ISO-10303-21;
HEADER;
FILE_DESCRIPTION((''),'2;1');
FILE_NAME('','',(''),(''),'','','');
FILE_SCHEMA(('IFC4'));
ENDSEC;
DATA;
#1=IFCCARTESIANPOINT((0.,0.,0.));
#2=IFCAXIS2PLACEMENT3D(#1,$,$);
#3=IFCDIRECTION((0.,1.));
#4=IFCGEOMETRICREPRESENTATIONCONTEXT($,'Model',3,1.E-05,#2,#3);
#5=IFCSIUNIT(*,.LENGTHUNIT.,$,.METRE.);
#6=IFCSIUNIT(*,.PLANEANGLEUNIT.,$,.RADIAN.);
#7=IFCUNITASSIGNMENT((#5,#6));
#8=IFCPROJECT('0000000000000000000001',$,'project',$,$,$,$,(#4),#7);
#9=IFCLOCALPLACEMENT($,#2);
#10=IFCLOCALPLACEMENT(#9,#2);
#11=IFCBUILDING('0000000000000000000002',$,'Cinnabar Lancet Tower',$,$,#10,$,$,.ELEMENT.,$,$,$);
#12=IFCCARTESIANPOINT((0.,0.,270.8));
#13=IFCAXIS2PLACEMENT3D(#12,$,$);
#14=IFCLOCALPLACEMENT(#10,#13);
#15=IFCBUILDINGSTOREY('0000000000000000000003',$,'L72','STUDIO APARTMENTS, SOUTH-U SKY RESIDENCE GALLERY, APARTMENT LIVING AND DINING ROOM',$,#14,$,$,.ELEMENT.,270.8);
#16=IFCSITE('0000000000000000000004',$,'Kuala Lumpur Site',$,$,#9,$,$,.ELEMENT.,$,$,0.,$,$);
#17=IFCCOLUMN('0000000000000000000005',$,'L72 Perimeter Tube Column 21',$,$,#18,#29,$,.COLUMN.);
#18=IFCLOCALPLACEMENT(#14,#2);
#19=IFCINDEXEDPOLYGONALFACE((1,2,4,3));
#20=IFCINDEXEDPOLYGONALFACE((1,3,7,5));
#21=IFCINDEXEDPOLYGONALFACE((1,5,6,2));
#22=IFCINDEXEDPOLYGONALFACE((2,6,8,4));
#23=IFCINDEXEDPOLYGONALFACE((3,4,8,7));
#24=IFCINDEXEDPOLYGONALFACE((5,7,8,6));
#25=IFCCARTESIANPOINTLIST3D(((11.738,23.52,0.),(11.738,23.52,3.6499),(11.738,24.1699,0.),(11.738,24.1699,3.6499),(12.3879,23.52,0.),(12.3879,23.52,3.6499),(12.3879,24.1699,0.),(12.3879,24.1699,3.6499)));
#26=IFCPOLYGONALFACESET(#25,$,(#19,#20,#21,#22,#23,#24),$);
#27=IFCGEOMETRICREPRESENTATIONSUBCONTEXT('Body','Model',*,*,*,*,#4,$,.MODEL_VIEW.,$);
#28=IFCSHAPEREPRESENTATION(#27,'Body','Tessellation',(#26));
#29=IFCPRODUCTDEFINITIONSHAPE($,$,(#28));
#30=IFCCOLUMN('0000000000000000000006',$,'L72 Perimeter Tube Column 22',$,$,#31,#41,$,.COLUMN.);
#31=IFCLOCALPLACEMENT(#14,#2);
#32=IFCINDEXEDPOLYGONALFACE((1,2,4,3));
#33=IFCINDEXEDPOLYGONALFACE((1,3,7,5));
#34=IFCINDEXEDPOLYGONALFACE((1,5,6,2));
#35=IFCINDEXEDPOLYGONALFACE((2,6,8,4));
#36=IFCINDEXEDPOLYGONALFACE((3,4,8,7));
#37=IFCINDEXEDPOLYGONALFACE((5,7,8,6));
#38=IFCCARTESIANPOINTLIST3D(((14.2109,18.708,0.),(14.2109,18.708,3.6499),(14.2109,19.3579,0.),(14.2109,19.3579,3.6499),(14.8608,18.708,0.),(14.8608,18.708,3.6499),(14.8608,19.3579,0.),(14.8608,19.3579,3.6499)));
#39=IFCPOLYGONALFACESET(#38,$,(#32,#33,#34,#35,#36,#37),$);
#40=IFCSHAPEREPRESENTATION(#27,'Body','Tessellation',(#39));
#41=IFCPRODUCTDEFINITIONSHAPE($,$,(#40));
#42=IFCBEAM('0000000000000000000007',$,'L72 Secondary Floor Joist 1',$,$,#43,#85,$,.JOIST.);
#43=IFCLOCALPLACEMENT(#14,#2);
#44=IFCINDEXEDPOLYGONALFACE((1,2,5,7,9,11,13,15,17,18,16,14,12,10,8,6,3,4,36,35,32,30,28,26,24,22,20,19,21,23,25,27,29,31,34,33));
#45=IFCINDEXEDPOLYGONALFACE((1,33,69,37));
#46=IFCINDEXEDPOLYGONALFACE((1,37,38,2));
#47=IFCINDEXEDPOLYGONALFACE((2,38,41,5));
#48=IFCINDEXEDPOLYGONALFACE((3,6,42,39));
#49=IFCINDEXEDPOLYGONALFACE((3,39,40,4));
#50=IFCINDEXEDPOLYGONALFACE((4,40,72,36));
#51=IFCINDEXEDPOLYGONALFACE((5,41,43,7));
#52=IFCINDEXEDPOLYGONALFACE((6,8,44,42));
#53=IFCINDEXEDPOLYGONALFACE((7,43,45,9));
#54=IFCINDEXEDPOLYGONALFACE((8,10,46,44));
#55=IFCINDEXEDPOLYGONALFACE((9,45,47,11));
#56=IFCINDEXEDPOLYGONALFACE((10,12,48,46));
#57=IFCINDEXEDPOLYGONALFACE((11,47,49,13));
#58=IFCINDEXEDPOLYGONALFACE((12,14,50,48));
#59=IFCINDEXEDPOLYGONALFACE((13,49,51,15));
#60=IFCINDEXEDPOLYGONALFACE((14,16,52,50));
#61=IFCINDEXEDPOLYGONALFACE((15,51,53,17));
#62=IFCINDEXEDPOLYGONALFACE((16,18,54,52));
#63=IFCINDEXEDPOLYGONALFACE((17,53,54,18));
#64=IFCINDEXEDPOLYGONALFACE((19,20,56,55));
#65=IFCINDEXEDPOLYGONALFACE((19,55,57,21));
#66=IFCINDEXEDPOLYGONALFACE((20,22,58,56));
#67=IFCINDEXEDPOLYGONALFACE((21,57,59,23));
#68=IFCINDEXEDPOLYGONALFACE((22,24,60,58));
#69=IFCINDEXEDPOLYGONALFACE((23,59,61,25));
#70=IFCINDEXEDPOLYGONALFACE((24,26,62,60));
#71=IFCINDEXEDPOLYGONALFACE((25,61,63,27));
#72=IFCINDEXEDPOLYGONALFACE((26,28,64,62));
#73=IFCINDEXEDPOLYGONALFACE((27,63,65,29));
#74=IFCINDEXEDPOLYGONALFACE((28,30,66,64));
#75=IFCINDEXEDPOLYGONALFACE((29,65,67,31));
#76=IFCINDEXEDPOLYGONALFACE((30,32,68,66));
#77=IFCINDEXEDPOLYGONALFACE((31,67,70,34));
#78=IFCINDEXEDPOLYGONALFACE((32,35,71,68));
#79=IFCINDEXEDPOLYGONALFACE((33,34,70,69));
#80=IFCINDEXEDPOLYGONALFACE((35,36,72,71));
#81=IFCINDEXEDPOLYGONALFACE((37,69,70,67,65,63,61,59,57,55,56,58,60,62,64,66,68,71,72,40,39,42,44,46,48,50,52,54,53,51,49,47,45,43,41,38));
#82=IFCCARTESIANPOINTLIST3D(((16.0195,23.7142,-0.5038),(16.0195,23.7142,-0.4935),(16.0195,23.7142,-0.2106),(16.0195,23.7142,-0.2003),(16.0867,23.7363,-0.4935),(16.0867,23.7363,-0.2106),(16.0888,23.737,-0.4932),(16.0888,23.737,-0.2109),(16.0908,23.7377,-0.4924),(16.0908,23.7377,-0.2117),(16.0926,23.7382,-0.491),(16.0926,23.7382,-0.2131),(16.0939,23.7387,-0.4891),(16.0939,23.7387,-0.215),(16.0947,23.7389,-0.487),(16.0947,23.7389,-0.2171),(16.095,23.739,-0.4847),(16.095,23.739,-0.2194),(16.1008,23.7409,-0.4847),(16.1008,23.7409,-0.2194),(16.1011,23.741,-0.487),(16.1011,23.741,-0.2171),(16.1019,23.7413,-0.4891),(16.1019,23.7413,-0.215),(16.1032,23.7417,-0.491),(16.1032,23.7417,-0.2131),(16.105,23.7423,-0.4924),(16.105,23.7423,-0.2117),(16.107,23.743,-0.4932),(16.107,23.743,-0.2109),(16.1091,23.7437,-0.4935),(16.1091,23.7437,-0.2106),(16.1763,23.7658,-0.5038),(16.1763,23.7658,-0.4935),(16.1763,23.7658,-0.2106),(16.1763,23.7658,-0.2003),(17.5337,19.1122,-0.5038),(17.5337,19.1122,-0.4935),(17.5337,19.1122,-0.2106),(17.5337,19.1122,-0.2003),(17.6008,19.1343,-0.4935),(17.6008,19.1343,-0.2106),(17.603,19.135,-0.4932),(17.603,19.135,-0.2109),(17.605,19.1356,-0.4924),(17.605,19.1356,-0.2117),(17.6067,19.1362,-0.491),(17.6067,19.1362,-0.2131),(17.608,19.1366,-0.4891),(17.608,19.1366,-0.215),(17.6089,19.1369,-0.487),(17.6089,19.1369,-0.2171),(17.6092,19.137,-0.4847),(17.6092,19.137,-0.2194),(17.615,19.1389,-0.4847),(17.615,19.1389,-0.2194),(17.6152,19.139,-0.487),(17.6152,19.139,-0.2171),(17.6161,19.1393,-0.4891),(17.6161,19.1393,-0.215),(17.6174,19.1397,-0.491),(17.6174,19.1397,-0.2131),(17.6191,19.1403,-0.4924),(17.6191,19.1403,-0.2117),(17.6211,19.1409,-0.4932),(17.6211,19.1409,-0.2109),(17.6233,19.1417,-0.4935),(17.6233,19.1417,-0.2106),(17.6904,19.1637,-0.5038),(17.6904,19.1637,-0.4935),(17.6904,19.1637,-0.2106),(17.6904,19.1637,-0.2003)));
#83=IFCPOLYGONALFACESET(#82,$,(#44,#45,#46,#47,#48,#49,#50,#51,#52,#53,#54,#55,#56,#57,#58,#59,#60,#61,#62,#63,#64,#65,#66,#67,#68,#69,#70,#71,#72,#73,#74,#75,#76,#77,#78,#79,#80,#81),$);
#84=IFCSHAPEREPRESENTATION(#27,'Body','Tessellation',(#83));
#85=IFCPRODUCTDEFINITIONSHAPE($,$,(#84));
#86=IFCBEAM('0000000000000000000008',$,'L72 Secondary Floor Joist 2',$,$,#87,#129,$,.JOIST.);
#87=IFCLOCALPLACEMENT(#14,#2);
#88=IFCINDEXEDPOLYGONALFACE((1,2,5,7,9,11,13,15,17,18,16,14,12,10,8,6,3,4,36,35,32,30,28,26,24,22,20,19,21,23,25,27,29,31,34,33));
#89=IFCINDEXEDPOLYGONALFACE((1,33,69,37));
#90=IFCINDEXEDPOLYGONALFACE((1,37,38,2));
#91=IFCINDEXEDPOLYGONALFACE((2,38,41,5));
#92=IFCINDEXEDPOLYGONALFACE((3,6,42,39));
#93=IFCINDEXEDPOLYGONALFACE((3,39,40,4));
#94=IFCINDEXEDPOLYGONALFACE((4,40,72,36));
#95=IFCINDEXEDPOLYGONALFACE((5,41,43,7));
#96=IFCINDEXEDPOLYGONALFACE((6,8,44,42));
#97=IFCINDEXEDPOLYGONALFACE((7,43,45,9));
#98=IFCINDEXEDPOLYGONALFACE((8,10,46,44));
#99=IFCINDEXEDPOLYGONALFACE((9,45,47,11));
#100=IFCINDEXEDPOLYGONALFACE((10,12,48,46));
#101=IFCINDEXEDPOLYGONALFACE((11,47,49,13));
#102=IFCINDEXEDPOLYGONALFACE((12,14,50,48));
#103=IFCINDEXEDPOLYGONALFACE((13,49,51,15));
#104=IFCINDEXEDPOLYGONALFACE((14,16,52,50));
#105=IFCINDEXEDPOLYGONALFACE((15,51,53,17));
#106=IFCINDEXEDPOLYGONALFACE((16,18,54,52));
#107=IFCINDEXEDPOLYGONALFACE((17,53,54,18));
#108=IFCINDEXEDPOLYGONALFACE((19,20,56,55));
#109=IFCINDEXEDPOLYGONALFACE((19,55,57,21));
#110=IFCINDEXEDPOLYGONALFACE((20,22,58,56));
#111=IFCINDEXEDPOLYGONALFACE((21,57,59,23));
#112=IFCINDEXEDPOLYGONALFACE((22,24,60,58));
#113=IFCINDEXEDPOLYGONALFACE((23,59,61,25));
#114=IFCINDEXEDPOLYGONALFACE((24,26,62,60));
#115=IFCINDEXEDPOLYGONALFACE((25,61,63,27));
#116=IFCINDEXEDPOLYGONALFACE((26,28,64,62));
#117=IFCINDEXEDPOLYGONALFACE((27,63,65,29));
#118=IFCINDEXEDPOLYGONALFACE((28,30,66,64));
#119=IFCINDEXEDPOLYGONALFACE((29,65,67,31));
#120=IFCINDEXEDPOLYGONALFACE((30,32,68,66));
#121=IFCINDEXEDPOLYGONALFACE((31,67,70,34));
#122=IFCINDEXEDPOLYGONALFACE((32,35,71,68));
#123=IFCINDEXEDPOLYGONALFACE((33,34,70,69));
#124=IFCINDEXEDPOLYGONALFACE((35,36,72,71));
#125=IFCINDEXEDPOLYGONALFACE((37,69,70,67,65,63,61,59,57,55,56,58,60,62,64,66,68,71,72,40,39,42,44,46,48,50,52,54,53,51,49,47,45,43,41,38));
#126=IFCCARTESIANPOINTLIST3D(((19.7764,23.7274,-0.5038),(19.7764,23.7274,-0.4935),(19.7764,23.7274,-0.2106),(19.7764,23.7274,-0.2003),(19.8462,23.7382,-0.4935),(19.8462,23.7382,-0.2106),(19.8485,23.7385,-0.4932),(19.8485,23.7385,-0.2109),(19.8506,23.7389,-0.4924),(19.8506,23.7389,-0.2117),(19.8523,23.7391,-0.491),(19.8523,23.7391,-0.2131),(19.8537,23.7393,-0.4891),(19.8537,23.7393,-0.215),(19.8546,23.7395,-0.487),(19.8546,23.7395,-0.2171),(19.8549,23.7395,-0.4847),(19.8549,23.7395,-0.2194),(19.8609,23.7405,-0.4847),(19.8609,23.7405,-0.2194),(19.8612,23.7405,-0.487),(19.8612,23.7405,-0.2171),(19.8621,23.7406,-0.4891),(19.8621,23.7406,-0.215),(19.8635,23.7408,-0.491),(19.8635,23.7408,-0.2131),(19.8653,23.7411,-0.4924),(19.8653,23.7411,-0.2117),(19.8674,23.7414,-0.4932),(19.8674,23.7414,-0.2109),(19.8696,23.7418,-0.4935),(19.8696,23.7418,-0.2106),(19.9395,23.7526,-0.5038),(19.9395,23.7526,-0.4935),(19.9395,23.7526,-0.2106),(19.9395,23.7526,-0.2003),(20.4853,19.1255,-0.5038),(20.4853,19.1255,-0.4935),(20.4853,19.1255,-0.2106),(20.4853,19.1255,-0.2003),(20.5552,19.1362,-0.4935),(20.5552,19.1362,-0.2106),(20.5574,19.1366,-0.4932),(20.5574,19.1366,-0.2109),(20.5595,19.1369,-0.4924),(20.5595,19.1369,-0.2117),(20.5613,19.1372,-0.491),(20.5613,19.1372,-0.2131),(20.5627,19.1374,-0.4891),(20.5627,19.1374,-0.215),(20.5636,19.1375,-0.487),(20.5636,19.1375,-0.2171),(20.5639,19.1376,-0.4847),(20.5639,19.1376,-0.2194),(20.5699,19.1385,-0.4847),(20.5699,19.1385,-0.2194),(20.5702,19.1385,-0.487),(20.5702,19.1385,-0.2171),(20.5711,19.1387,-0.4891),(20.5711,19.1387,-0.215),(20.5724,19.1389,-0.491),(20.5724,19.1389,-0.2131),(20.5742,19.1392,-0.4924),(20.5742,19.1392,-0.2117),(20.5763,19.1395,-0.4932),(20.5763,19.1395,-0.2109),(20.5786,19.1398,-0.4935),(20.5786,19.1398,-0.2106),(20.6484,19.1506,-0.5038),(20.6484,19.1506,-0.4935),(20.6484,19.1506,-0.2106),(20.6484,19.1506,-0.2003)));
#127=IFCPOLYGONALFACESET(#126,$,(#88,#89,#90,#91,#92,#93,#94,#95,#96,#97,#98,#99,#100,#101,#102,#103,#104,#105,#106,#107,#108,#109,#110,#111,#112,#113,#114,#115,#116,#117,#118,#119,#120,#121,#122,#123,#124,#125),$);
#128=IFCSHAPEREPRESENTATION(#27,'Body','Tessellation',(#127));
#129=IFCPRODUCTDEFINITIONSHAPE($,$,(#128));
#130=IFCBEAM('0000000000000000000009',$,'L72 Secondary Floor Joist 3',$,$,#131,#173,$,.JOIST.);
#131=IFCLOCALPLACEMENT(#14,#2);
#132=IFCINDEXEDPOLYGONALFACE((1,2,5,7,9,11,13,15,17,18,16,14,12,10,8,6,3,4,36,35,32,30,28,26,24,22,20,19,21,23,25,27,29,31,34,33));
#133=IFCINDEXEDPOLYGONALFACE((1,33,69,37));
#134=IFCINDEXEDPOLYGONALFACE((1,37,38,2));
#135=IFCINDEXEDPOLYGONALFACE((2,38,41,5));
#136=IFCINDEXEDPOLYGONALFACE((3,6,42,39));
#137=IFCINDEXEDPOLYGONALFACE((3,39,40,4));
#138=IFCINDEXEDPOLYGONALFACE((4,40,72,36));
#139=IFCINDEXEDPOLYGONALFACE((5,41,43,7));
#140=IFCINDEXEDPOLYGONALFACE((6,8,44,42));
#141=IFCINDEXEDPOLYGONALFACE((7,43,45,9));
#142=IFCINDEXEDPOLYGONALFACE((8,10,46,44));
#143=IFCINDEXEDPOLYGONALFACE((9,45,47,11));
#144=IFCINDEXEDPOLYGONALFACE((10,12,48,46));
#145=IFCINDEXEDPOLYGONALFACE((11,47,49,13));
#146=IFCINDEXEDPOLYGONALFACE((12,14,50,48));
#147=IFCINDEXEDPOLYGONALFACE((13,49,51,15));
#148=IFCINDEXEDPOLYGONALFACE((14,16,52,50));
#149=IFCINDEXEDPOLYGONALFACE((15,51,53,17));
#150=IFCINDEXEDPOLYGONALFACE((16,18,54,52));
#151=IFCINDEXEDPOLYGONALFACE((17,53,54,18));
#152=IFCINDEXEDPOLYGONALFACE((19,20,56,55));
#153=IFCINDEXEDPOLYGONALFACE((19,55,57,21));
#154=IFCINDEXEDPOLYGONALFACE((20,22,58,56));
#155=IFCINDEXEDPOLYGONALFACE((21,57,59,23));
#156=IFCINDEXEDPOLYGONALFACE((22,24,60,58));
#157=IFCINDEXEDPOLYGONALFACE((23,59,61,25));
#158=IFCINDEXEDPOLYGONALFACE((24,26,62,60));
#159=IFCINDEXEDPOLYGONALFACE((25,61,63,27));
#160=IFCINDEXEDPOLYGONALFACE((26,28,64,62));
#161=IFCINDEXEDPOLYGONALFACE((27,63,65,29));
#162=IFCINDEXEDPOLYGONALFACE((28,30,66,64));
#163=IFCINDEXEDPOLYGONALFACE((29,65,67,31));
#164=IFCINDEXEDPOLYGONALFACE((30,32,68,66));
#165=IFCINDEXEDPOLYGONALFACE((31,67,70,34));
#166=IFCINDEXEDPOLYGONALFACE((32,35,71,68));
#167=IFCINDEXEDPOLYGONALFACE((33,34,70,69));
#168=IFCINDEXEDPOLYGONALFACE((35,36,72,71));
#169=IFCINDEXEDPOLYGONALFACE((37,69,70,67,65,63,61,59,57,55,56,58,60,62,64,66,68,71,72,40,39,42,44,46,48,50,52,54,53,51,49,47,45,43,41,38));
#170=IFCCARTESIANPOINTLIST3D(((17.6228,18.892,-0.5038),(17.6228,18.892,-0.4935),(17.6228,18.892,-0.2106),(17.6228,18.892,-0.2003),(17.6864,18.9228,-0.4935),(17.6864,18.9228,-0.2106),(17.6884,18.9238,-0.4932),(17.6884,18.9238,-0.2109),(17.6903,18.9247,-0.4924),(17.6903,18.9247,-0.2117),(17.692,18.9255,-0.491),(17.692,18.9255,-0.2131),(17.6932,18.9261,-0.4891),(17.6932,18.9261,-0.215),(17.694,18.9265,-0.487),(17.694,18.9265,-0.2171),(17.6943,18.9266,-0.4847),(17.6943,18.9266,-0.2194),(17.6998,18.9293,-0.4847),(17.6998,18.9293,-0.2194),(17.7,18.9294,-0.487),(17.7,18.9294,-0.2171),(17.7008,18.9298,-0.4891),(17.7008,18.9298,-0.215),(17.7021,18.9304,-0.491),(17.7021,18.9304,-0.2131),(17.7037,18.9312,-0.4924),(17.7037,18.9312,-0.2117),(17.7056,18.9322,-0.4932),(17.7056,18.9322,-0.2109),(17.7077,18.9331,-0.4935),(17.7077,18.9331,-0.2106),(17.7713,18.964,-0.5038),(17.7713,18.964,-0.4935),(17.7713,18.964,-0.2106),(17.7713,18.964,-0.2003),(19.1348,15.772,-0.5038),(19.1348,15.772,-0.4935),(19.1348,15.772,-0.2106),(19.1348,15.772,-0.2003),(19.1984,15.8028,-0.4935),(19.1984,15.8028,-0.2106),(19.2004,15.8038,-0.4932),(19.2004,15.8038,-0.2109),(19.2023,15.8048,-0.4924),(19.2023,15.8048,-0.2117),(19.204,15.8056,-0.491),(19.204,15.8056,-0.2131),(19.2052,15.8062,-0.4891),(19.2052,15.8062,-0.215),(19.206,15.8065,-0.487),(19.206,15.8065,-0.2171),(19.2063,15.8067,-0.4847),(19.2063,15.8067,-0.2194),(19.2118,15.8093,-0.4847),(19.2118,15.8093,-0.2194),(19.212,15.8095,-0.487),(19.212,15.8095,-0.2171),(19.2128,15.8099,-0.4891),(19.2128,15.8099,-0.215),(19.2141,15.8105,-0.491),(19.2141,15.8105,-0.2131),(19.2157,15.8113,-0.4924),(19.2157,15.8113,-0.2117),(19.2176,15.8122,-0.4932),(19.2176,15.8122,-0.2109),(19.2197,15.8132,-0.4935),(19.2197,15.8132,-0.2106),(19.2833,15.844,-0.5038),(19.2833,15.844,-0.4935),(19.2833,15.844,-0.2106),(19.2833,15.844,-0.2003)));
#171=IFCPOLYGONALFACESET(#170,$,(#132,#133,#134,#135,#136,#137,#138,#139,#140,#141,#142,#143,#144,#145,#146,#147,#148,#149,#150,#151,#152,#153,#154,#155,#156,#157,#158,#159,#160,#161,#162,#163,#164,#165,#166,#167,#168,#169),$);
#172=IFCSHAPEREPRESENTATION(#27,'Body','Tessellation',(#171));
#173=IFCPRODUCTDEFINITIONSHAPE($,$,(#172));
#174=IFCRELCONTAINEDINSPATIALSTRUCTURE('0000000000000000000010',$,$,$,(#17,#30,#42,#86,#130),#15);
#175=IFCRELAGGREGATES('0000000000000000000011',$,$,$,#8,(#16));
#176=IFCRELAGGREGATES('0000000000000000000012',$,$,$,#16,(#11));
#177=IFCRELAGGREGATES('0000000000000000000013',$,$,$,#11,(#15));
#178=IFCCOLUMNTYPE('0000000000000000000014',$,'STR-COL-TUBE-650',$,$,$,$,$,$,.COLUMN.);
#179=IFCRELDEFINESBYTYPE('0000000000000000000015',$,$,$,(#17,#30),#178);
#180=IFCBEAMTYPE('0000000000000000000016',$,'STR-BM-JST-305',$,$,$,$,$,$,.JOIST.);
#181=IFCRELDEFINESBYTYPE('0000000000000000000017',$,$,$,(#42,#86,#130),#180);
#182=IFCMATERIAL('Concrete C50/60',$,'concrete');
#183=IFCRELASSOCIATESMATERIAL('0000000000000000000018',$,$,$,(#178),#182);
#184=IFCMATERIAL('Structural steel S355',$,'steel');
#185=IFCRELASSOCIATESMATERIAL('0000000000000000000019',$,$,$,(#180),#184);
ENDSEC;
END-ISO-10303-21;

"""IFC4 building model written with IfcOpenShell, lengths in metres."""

from ifc_helpers import new_model, si_unit, direction, frame, origin, origin_2d, place, context, subcontext, project, spatial, rectangle, i_section, extrude, material, material_profile, profile_set, type_object, element, save


model = new_model("IFC4")

# Units and contexts
model_context = context("Model", 3, precision=1e-05, world=origin(), true_north=direction((0.0, 1.0)))
body_context = subcontext(model_context, "Body", "Model", "MODEL_VIEW")
ifc_project = project(units=[si_unit("LENGTHUNIT", "METRE"), si_unit("PLANEANGLEUNIT", "RADIAN")], contexts=[model_context])

# Site, building, storey
site_placement = place(None, origin())
site = spatial("IfcSite", under=ifc_project, at=site_placement, Name="Kuala Lumpur Site", CompositionType="ELEMENT", RefElevation=0.0)
building_placement = place(site_placement, origin())
building = spatial("IfcBuilding", under=site, at=building_placement, Name="Cinnabar Lancet Tower", CompositionType="ELEMENT")
storey_placement = place(building_placement, frame((0.0, 0.0, 270.8)))
storey = spatial("IfcBuildingStorey", under=building, at=storey_placement, Name="L72", Description="STUDIO APARTMENTS, SOUTH-U SKY RESIDENCE GALLERY, APARTMENT LIVING AND DINING ROOM", CompositionType="ELEMENT", Elevation=270.8)

# Columns
ifc_material_1 = material(Name="Concrete C50/60", Category="concrete")
ifc_material_profile_1 = material_profile(ifc_material_1, rectangle(XDim=0.6499, YDim=0.6499, at=origin_2d()), Name="RC-COL 650x650")
ifc_profile_set_1 = profile_set([ifc_material_profile_1], Name="Concrete C50/60")
column_type = type_object("IfcColumnType", Name="STR-COL-TUBE-650", PredefinedType="COLUMN", material=ifc_profile_set_1)
for number, where, z_axis, x_axis, name in (
    (1, (12.063, 23.845, 0.0), (0.0, 0.0, 1.0), (1.0, 0.0, 0.0), "L72 Perimeter Tube Column 21"),
    (2, (14.5359, 19.033, 0.0), (0.0, 0.0, 1.0), (1.0, 0.0, 0.0), "L72 Perimeter Tube Column 22"),
):
    element("IfcColumn", number, at=place(storey_placement, frame(where, z_axis=z_axis, x_axis=x_axis)), inside=storey, type_object=column_type, Name=name, PredefinedType="COLUMN", context=body_context, shape_type="SweptSolid", body=[
        extrude(rectangle(XDim=0.6499, YDim=0.6499, at=origin_2d()), origin(), (0.0, 0.0, 1.0), 3.6499),
    ])

# Beams
ifc_material_2 = material(Name="Structural steel S355", Category="steel")
ifc_material_profile_2 = material_profile(ifc_material_2, i_section(OverallWidth=0.165, OverallDepth=0.3035, WebThickness=0.0061, FlangeThickness=0.0103, FilletRadius=0.0088, at=origin_2d()), Name="UKB 305x165x40")
ifc_profile_set_2 = profile_set([ifc_material_profile_2], Name="Structural steel S355")
beam_type_1 = type_object("IfcBeamType", Name="STR-BM-JST-305", PredefinedType="JOIST", material=ifc_profile_set_2)
beam_1_placement = place(storey_placement, frame((16.0979, 23.74, -0.3521), z_axis=(0.312537, -0.949906, 0.0), x_axis=(0.949906, 0.312537, 0.0)))
element("IfcBeam", 3, at=beam_1_placement, inside=storey, type_object=beam_type_1, Name="L72 Secondary Floor Joist 1", PredefinedType="JOIST", context=body_context, shape_type="SweptSolid", body=[
    extrude(i_section(OverallWidth=0.165, OverallDepth=0.3035, WebThickness=0.0061, FlangeThickness=0.0103, FilletRadius=0.0088, at=origin_2d()), origin(), (0.0, 0.0, 1.0), 4.8447),
])
beam_2_placement = place(storey_placement, frame((19.8579, 23.74, -0.3521), z_axis=(0.152262, -0.98834, 0.0), x_axis=(0.98834, 0.152262, 0.0)))
element("IfcBeam", 4, at=beam_2_placement, inside=storey, type_object=beam_type_1, Name="L72 Secondary Floor Joist 2", PredefinedType="JOIST", context=body_context, shape_type="SweptSolid", body=[
    extrude(i_section(OverallWidth=0.165, OverallDepth=0.3035, WebThickness=0.0061, FlangeThickness=0.0103, FilletRadius=0.0088, at=origin_2d()), origin(), (0.0, 0.0, 1.0), 4.6562),
])
beam_3_placement = place(storey_placement, frame((17.697, 18.928, -0.3521), z_axis=(0.436109, -0.899894, 0.0), x_axis=(0.899894, 0.436109, 0.0)))
element("IfcBeam", 5, at=beam_3_placement, inside=storey, type_object=beam_type_1, Name="L72 Secondary Floor Joist 3", PredefinedType="JOIST", context=body_context, shape_type="SweptSolid", body=[
    extrude(i_section(OverallWidth=0.165, OverallDepth=0.3035, WebThickness=0.0061, FlangeThickness=0.0103, FilletRadius=0.0088, at=origin_2d()), origin(), (0.0, 0.0, 1.0), 3.467),
])

save(model, "model.ifc")
